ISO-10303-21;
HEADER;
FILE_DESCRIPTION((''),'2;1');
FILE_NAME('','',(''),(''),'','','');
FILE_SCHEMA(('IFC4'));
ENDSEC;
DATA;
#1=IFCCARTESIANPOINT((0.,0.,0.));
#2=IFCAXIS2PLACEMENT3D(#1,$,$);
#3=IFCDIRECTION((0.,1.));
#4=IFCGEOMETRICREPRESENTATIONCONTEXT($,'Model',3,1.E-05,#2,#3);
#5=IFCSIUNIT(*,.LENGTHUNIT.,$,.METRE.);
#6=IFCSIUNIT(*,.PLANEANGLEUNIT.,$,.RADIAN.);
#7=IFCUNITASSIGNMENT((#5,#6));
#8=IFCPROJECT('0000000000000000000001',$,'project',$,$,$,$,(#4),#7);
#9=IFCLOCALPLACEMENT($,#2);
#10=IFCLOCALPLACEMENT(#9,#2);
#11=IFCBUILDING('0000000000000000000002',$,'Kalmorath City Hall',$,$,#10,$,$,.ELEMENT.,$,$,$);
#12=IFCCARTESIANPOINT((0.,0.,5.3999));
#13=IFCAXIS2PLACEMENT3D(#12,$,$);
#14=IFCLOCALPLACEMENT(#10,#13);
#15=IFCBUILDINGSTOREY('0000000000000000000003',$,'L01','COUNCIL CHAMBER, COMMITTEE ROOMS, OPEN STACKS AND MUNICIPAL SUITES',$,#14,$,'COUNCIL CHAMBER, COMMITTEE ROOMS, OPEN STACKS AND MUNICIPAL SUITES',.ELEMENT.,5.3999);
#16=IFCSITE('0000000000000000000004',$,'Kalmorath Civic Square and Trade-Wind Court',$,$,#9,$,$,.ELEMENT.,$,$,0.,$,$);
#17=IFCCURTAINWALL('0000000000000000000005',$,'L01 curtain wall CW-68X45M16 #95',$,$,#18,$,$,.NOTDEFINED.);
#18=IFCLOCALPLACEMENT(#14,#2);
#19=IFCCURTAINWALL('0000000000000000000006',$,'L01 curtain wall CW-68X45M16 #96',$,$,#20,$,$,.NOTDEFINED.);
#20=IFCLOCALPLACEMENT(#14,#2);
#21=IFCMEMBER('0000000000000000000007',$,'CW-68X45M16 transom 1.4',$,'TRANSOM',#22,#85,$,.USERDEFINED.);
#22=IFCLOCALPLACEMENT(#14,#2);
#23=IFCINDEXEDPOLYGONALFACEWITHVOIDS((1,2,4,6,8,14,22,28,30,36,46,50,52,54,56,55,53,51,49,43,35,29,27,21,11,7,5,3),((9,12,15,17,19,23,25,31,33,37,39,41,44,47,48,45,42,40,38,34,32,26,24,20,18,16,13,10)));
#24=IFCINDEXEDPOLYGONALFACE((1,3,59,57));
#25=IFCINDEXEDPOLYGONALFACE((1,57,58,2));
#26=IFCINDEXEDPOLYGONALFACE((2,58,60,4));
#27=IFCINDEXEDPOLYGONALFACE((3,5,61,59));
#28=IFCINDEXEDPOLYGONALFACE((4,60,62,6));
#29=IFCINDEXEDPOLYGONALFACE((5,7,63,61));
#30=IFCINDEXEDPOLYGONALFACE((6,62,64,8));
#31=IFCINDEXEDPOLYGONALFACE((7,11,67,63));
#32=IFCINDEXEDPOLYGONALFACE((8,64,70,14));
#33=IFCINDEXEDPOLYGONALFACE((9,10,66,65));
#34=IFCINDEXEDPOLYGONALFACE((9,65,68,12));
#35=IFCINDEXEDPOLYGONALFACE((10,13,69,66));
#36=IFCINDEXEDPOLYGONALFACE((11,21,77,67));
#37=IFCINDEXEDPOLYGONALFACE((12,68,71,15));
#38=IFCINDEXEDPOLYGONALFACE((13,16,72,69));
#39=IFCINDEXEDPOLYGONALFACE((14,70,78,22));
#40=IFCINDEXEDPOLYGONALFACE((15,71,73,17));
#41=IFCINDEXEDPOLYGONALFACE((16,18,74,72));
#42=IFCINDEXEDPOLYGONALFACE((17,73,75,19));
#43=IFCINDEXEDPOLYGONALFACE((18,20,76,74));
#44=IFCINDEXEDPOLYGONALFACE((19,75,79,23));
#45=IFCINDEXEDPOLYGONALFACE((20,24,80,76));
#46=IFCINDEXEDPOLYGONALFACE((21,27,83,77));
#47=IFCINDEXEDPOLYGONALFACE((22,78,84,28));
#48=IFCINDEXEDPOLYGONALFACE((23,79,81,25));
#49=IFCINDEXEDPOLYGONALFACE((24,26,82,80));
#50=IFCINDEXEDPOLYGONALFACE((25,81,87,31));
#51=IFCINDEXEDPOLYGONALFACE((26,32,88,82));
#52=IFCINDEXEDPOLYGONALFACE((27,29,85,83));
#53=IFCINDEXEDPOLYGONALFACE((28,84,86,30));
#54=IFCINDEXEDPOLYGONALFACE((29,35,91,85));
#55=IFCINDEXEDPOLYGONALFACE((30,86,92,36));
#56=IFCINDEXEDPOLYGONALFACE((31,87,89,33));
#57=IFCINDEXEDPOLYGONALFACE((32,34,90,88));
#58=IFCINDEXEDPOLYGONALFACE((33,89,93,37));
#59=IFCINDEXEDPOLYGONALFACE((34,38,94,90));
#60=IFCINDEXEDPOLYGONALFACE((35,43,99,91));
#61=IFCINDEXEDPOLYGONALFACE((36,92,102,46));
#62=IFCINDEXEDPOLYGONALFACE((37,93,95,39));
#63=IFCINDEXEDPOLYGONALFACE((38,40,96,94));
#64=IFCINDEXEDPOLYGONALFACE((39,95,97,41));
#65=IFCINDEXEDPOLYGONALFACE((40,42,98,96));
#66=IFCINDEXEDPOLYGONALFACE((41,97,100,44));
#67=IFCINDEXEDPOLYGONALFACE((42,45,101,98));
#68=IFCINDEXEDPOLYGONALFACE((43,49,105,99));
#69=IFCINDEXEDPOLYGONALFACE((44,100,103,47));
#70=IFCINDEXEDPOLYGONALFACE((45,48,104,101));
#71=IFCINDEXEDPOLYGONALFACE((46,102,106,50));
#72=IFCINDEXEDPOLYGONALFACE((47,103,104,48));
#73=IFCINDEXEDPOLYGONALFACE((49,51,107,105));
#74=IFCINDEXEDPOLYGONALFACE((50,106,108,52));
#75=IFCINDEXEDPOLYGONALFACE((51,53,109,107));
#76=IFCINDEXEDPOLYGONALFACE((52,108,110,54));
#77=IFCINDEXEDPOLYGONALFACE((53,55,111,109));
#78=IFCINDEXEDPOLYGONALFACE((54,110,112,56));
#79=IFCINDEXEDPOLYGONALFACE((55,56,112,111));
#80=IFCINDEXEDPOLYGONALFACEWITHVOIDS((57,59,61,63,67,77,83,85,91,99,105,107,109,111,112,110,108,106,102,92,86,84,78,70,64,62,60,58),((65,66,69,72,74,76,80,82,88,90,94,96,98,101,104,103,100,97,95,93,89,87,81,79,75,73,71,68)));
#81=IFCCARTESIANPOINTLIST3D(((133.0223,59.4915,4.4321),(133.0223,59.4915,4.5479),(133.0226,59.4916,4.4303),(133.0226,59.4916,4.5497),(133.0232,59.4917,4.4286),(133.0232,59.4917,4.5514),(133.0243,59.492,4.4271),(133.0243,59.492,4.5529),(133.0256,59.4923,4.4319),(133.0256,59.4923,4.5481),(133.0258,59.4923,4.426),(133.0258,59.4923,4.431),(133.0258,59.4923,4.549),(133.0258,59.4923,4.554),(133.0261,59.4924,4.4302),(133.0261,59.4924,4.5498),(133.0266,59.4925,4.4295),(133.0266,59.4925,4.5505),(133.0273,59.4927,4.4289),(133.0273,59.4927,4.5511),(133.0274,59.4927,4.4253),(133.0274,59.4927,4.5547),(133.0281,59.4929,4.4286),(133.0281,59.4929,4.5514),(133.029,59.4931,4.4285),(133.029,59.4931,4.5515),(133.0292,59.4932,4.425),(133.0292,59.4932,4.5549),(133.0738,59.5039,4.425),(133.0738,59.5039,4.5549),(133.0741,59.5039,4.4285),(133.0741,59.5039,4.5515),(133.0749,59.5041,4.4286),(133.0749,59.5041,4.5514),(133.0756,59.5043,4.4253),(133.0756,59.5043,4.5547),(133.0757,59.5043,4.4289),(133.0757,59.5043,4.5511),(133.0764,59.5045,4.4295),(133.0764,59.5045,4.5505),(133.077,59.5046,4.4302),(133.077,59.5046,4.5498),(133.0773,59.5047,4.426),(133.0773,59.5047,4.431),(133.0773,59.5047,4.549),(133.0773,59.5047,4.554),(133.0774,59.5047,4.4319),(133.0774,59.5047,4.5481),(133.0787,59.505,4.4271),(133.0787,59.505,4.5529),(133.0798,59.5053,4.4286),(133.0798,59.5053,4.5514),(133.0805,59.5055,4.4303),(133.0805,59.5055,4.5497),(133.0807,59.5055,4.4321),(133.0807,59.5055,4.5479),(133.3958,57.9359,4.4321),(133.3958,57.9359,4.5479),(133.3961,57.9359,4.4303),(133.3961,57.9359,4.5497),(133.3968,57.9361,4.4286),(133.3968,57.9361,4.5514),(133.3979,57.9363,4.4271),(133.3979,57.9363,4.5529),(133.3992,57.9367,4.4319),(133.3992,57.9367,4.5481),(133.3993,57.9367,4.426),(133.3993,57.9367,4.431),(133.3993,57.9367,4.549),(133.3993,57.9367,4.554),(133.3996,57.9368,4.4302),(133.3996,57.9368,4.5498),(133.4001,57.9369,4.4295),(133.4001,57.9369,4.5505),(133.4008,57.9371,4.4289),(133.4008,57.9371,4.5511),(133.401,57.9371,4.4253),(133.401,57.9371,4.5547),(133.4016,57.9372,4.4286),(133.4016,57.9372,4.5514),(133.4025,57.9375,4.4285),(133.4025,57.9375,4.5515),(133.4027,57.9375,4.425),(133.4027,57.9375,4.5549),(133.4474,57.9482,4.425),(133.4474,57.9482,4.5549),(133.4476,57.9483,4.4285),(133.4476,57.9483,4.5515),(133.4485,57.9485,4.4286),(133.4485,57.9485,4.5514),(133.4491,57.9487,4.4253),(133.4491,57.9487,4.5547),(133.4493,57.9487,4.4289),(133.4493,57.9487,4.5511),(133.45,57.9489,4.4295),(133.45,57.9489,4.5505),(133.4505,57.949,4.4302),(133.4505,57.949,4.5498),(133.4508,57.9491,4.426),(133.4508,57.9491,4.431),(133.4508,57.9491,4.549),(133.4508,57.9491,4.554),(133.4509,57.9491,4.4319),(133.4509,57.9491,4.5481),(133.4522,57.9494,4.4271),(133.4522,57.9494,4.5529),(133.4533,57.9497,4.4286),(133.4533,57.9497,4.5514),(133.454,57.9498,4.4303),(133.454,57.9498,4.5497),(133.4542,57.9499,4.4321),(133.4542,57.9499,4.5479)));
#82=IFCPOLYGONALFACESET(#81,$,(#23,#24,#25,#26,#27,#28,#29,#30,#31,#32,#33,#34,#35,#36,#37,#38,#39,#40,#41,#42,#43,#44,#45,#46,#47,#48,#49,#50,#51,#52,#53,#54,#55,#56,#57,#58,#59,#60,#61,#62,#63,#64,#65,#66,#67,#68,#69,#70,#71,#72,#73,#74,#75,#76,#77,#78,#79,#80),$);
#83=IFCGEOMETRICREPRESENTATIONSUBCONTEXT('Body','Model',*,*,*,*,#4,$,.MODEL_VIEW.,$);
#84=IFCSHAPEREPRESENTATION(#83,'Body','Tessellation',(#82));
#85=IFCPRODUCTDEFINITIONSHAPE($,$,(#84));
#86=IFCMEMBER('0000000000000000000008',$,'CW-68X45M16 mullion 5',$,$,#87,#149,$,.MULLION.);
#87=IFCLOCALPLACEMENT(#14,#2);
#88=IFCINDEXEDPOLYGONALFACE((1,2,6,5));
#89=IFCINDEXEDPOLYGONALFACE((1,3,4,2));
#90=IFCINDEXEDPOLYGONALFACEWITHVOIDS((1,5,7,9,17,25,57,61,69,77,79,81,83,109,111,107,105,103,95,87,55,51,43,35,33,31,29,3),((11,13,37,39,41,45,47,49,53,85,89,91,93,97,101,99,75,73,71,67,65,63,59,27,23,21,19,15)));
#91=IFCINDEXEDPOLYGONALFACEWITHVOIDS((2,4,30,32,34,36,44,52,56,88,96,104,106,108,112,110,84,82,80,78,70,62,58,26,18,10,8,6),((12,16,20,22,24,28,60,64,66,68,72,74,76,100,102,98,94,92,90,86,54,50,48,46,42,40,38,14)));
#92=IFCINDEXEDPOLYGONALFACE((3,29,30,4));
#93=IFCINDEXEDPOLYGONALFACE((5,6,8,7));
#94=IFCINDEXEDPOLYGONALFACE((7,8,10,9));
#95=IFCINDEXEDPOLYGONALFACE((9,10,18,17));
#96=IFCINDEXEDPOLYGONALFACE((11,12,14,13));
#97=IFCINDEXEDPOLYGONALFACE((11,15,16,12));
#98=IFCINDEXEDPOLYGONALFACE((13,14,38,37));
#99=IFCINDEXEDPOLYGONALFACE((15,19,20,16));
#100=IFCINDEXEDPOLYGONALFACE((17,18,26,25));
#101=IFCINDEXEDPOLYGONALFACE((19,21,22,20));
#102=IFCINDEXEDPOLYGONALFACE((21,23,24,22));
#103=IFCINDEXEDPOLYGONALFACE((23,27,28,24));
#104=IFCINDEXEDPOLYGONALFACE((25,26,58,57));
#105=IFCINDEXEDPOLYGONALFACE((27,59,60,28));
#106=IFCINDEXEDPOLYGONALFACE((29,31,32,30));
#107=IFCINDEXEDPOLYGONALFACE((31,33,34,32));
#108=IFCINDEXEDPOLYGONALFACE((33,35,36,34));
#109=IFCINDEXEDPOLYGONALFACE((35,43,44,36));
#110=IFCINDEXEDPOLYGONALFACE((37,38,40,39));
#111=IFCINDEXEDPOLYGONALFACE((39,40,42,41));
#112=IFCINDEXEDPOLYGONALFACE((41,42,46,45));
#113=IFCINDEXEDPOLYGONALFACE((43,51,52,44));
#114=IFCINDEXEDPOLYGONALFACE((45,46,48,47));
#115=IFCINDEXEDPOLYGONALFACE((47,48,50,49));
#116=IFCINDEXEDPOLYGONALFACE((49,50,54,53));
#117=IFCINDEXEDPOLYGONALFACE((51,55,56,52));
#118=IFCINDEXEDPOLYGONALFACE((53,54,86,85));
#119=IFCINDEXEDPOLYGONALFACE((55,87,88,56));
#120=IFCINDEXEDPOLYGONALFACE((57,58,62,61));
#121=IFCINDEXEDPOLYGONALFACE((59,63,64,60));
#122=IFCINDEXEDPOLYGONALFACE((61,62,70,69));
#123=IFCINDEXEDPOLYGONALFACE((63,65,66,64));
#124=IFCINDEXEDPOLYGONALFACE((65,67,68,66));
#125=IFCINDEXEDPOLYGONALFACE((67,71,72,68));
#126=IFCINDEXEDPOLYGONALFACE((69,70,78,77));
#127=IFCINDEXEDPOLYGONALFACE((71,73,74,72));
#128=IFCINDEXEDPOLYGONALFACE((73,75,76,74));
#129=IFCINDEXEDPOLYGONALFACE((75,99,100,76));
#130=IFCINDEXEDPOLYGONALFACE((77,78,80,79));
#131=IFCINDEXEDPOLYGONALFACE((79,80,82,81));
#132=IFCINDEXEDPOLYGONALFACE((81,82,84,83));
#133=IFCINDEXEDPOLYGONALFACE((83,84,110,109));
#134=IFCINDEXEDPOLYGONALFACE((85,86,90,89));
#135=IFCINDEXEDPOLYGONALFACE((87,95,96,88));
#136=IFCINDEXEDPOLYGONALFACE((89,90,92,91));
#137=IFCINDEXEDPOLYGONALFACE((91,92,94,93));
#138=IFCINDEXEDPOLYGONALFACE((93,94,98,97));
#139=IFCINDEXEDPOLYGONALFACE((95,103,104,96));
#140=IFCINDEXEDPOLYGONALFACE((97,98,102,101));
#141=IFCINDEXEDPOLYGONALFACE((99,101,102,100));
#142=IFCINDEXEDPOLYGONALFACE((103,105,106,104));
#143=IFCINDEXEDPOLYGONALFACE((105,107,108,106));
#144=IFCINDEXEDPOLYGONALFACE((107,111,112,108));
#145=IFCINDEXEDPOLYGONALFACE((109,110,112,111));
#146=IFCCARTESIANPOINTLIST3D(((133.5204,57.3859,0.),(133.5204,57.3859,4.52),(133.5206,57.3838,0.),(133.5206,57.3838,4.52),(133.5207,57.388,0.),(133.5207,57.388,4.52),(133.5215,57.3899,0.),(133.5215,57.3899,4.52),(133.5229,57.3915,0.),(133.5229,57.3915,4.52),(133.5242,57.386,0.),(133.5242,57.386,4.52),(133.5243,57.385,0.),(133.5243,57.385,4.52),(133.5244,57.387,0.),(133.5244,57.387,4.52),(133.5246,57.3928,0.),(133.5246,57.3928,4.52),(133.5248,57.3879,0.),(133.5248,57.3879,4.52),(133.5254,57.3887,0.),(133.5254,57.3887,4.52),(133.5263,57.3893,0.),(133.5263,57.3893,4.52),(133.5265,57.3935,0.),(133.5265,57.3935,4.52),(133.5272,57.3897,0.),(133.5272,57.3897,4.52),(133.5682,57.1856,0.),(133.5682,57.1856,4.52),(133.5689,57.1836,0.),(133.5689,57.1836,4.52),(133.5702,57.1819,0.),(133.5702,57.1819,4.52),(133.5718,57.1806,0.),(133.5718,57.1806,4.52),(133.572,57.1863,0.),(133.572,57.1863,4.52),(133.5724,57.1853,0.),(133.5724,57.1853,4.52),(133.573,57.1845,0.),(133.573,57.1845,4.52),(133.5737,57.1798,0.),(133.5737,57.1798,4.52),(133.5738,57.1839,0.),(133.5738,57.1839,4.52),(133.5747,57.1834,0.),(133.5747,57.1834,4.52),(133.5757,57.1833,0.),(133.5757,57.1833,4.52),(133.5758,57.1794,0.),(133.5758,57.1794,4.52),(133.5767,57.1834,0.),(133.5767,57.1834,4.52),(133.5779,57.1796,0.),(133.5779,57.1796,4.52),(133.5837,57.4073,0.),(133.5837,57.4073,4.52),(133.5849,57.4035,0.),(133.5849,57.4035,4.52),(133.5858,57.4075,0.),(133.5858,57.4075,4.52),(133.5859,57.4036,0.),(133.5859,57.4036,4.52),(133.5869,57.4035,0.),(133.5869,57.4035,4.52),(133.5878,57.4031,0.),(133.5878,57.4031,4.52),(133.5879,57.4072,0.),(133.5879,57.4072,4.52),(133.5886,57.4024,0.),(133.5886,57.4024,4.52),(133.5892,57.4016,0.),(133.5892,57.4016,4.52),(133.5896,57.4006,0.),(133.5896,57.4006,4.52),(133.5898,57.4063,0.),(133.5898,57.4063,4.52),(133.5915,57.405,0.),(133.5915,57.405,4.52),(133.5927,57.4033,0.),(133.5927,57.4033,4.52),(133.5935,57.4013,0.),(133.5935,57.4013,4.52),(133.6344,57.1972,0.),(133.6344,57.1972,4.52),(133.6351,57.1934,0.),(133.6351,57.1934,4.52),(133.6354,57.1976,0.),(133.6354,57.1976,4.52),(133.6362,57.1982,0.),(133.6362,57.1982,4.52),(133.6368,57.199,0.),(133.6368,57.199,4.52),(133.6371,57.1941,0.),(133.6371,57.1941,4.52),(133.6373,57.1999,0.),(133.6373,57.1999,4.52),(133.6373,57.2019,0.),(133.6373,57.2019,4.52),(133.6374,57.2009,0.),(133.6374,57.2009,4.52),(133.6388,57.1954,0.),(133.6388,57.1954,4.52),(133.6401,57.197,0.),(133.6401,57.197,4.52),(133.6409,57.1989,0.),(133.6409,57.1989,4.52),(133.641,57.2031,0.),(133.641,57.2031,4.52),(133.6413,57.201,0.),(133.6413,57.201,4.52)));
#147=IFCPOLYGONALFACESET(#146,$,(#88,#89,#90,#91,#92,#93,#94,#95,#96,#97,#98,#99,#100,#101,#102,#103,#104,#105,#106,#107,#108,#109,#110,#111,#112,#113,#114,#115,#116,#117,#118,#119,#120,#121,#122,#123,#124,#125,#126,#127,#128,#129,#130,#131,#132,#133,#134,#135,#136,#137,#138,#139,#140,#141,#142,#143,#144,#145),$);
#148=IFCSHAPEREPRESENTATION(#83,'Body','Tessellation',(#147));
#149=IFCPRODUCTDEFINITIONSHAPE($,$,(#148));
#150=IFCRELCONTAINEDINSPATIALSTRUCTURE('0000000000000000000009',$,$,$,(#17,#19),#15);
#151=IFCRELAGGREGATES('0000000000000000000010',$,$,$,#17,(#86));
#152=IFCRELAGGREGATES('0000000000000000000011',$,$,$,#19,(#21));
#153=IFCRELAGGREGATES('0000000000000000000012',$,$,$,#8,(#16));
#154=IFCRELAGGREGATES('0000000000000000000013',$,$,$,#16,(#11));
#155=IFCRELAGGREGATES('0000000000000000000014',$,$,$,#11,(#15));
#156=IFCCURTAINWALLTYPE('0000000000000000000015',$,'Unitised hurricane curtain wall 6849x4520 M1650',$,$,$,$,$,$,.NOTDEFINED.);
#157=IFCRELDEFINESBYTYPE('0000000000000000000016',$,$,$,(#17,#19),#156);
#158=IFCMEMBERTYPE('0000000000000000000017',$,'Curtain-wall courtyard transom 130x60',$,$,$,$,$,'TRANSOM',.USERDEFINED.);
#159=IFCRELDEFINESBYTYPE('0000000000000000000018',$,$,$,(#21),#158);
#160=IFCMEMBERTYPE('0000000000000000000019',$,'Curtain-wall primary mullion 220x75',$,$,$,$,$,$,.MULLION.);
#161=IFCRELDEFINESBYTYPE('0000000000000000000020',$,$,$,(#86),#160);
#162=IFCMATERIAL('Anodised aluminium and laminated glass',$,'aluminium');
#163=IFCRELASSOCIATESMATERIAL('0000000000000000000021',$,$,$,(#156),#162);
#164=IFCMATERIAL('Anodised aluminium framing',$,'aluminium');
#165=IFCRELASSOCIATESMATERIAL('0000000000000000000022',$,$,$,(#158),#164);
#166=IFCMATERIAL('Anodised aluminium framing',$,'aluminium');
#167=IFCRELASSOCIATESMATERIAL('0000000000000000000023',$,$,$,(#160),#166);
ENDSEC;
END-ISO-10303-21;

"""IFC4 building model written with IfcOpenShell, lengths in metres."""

from ifc_helpers import new_model, si_unit, direction, frame, origin, origin_2d, place, context, subcontext, project, spatial, hollow_rectangle, extrude, material, material_profile, profile_set, type_object, element, aggregate, save


model = new_model("IFC4")

# Units and contexts
model_context = context("Model", 3, precision=1e-05, world=origin(), true_north=direction((0.0, 1.0)))
body_context = subcontext(model_context, "Body", "Model", "MODEL_VIEW")
ifc_project = project(units=[si_unit("LENGTHUNIT", "METRE"), si_unit("PLANEANGLEUNIT", "RADIAN")], contexts=[model_context])

# Site, building, storey
site_placement = place(None, origin())
site = spatial("IfcSite", under=ifc_project, at=site_placement, Name="Kalmorath Civic Square and Trade-Wind Court", CompositionType="ELEMENT", RefElevation=0.0)
building_placement = place(site_placement, origin())
building = spatial("IfcBuilding", under=site, at=building_placement, Name="Kalmorath City Hall", CompositionType="ELEMENT")
storey_placement = place(building_placement, frame((0.0, 0.0, 5.3999)))
storey = spatial("IfcBuildingStorey", under=building, at=storey_placement, Name="L01", Description="COUNCIL CHAMBER, COMMITTEE ROOMS, OPEN STACKS AND MUNICIPAL SUITES", LongName="COUNCIL CHAMBER, COMMITTEE ROOMS, OPEN STACKS AND MUNICIPAL SUITES", CompositionType="ELEMENT", Elevation=5.3999)

# Curtain wall
ifc_material_1 = material(Name="Anodised aluminium and laminated glass", Category="aluminium")
curtain_wall_type = type_object("IfcCurtainWallType", Name="Unitised hurricane curtain wall 6849x4520 M1650", PredefinedType="NOTDEFINED", material=ifc_material_1)
curtain_wall_1_placement = place(storey_placement, origin())
curtain_wall_1 = element("IfcCurtainWall", 1, at=curtain_wall_1_placement, inside=storey, type_object=curtain_wall_type, Name="L01 curtain wall CW-68X45M16 #95", PredefinedType="NOTDEFINED")
ifc_material_2 = material(Name="Anodised aluminium framing", Category="aluminium")
ifc_material_profile_1 = material_profile(ifc_material_2, hollow_rectangle(XDim=0.0601, YDim=0.1299, WallThickness=0.0034, InnerFilletRadius=0.0034, OuterFilletRadius=0.0071, at=origin_2d()), Name="ALU-TRN-130X60X3.5")
ifc_profile_set_1 = profile_set([ifc_material_profile_1], Name="Anodised aluminium framing")
member_type_1 = type_object("IfcMemberType", Name="Curtain-wall courtyard transom 130x60", ElementType="TRANSOM", PredefinedType="USERDEFINED", material=ifc_profile_set_1)

# Curtain wall, member
curtain_wall_2_placement = place(storey_placement, origin())
curtain_wall_2 = element("IfcCurtainWall", 2, at=curtain_wall_2_placement, inside=storey, type_object=curtain_wall_type, Name="L01 curtain wall CW-68X45M16 #96", PredefinedType="NOTDEFINED")
member_1_placement = place(storey_placement, frame((133.425, 57.9429, 4.49), z_axis=(-0.233477, 0.972362, 0.0), x_axis=(-0.972362, -0.233477, 0.0)))
member_1 = element("IfcMember", 3, at=member_1_placement, type_object=member_type_1, Name="CW-68X45M16 transom 1.4", ObjectType="TRANSOM", PredefinedType="USERDEFINED", context=body_context, shape_type="SweptSolid", body=[
    extrude(hollow_rectangle(XDim=0.0601, YDim=0.1299, WallThickness=0.0034, InnerFilletRadius=0.0034, OuterFilletRadius=0.0071, at=origin_2d()), origin(), (0.0, 0.0, 1.0), 1.5999),
])

# Member
ifc_material_3 = material(Name="Anodised aluminium framing", Category="aluminium")
ifc_material_profile_2 = material_profile(ifc_material_3, hollow_rectangle(XDim=0.075, YDim=0.22, WallThickness=0.0039, InnerFilletRadius=0.0039, OuterFilletRadius=0.0081, at=origin_2d()), Name="ALU-MUL-220X75X4")
ifc_profile_set_2 = profile_set([ifc_material_profile_2], Name="Anodised aluminium framing")
member_type_2 = type_object("IfcMemberType", Name="Curtain-wall primary mullion 220x75", PredefinedType="MULLION", material=ifc_profile_set_2)
member_2_placement = place(storey_placement, frame((133.5808, 57.2935, 0.0), z_axis=(0.0, 0.0, 1.0), x_axis=(-0.972367, -0.233456, 0.0)))
member_2 = element("IfcMember", 4, at=member_2_placement, type_object=member_type_2, Name="CW-68X45M16 mullion 5", PredefinedType="MULLION", context=body_context, shape_type="SweptSolid", body=[
    extrude(hollow_rectangle(XDim=0.075, YDim=0.22, WallThickness=0.0039, InnerFilletRadius=0.0039, OuterFilletRadius=0.0081, at=origin_2d()), origin(), (0.0, 0.0, 1.0), 4.52),
])

aggregate(curtain_wall_1, [member_2])
aggregate(curtain_wall_2, [member_1])

save(model, "model.ifc")
